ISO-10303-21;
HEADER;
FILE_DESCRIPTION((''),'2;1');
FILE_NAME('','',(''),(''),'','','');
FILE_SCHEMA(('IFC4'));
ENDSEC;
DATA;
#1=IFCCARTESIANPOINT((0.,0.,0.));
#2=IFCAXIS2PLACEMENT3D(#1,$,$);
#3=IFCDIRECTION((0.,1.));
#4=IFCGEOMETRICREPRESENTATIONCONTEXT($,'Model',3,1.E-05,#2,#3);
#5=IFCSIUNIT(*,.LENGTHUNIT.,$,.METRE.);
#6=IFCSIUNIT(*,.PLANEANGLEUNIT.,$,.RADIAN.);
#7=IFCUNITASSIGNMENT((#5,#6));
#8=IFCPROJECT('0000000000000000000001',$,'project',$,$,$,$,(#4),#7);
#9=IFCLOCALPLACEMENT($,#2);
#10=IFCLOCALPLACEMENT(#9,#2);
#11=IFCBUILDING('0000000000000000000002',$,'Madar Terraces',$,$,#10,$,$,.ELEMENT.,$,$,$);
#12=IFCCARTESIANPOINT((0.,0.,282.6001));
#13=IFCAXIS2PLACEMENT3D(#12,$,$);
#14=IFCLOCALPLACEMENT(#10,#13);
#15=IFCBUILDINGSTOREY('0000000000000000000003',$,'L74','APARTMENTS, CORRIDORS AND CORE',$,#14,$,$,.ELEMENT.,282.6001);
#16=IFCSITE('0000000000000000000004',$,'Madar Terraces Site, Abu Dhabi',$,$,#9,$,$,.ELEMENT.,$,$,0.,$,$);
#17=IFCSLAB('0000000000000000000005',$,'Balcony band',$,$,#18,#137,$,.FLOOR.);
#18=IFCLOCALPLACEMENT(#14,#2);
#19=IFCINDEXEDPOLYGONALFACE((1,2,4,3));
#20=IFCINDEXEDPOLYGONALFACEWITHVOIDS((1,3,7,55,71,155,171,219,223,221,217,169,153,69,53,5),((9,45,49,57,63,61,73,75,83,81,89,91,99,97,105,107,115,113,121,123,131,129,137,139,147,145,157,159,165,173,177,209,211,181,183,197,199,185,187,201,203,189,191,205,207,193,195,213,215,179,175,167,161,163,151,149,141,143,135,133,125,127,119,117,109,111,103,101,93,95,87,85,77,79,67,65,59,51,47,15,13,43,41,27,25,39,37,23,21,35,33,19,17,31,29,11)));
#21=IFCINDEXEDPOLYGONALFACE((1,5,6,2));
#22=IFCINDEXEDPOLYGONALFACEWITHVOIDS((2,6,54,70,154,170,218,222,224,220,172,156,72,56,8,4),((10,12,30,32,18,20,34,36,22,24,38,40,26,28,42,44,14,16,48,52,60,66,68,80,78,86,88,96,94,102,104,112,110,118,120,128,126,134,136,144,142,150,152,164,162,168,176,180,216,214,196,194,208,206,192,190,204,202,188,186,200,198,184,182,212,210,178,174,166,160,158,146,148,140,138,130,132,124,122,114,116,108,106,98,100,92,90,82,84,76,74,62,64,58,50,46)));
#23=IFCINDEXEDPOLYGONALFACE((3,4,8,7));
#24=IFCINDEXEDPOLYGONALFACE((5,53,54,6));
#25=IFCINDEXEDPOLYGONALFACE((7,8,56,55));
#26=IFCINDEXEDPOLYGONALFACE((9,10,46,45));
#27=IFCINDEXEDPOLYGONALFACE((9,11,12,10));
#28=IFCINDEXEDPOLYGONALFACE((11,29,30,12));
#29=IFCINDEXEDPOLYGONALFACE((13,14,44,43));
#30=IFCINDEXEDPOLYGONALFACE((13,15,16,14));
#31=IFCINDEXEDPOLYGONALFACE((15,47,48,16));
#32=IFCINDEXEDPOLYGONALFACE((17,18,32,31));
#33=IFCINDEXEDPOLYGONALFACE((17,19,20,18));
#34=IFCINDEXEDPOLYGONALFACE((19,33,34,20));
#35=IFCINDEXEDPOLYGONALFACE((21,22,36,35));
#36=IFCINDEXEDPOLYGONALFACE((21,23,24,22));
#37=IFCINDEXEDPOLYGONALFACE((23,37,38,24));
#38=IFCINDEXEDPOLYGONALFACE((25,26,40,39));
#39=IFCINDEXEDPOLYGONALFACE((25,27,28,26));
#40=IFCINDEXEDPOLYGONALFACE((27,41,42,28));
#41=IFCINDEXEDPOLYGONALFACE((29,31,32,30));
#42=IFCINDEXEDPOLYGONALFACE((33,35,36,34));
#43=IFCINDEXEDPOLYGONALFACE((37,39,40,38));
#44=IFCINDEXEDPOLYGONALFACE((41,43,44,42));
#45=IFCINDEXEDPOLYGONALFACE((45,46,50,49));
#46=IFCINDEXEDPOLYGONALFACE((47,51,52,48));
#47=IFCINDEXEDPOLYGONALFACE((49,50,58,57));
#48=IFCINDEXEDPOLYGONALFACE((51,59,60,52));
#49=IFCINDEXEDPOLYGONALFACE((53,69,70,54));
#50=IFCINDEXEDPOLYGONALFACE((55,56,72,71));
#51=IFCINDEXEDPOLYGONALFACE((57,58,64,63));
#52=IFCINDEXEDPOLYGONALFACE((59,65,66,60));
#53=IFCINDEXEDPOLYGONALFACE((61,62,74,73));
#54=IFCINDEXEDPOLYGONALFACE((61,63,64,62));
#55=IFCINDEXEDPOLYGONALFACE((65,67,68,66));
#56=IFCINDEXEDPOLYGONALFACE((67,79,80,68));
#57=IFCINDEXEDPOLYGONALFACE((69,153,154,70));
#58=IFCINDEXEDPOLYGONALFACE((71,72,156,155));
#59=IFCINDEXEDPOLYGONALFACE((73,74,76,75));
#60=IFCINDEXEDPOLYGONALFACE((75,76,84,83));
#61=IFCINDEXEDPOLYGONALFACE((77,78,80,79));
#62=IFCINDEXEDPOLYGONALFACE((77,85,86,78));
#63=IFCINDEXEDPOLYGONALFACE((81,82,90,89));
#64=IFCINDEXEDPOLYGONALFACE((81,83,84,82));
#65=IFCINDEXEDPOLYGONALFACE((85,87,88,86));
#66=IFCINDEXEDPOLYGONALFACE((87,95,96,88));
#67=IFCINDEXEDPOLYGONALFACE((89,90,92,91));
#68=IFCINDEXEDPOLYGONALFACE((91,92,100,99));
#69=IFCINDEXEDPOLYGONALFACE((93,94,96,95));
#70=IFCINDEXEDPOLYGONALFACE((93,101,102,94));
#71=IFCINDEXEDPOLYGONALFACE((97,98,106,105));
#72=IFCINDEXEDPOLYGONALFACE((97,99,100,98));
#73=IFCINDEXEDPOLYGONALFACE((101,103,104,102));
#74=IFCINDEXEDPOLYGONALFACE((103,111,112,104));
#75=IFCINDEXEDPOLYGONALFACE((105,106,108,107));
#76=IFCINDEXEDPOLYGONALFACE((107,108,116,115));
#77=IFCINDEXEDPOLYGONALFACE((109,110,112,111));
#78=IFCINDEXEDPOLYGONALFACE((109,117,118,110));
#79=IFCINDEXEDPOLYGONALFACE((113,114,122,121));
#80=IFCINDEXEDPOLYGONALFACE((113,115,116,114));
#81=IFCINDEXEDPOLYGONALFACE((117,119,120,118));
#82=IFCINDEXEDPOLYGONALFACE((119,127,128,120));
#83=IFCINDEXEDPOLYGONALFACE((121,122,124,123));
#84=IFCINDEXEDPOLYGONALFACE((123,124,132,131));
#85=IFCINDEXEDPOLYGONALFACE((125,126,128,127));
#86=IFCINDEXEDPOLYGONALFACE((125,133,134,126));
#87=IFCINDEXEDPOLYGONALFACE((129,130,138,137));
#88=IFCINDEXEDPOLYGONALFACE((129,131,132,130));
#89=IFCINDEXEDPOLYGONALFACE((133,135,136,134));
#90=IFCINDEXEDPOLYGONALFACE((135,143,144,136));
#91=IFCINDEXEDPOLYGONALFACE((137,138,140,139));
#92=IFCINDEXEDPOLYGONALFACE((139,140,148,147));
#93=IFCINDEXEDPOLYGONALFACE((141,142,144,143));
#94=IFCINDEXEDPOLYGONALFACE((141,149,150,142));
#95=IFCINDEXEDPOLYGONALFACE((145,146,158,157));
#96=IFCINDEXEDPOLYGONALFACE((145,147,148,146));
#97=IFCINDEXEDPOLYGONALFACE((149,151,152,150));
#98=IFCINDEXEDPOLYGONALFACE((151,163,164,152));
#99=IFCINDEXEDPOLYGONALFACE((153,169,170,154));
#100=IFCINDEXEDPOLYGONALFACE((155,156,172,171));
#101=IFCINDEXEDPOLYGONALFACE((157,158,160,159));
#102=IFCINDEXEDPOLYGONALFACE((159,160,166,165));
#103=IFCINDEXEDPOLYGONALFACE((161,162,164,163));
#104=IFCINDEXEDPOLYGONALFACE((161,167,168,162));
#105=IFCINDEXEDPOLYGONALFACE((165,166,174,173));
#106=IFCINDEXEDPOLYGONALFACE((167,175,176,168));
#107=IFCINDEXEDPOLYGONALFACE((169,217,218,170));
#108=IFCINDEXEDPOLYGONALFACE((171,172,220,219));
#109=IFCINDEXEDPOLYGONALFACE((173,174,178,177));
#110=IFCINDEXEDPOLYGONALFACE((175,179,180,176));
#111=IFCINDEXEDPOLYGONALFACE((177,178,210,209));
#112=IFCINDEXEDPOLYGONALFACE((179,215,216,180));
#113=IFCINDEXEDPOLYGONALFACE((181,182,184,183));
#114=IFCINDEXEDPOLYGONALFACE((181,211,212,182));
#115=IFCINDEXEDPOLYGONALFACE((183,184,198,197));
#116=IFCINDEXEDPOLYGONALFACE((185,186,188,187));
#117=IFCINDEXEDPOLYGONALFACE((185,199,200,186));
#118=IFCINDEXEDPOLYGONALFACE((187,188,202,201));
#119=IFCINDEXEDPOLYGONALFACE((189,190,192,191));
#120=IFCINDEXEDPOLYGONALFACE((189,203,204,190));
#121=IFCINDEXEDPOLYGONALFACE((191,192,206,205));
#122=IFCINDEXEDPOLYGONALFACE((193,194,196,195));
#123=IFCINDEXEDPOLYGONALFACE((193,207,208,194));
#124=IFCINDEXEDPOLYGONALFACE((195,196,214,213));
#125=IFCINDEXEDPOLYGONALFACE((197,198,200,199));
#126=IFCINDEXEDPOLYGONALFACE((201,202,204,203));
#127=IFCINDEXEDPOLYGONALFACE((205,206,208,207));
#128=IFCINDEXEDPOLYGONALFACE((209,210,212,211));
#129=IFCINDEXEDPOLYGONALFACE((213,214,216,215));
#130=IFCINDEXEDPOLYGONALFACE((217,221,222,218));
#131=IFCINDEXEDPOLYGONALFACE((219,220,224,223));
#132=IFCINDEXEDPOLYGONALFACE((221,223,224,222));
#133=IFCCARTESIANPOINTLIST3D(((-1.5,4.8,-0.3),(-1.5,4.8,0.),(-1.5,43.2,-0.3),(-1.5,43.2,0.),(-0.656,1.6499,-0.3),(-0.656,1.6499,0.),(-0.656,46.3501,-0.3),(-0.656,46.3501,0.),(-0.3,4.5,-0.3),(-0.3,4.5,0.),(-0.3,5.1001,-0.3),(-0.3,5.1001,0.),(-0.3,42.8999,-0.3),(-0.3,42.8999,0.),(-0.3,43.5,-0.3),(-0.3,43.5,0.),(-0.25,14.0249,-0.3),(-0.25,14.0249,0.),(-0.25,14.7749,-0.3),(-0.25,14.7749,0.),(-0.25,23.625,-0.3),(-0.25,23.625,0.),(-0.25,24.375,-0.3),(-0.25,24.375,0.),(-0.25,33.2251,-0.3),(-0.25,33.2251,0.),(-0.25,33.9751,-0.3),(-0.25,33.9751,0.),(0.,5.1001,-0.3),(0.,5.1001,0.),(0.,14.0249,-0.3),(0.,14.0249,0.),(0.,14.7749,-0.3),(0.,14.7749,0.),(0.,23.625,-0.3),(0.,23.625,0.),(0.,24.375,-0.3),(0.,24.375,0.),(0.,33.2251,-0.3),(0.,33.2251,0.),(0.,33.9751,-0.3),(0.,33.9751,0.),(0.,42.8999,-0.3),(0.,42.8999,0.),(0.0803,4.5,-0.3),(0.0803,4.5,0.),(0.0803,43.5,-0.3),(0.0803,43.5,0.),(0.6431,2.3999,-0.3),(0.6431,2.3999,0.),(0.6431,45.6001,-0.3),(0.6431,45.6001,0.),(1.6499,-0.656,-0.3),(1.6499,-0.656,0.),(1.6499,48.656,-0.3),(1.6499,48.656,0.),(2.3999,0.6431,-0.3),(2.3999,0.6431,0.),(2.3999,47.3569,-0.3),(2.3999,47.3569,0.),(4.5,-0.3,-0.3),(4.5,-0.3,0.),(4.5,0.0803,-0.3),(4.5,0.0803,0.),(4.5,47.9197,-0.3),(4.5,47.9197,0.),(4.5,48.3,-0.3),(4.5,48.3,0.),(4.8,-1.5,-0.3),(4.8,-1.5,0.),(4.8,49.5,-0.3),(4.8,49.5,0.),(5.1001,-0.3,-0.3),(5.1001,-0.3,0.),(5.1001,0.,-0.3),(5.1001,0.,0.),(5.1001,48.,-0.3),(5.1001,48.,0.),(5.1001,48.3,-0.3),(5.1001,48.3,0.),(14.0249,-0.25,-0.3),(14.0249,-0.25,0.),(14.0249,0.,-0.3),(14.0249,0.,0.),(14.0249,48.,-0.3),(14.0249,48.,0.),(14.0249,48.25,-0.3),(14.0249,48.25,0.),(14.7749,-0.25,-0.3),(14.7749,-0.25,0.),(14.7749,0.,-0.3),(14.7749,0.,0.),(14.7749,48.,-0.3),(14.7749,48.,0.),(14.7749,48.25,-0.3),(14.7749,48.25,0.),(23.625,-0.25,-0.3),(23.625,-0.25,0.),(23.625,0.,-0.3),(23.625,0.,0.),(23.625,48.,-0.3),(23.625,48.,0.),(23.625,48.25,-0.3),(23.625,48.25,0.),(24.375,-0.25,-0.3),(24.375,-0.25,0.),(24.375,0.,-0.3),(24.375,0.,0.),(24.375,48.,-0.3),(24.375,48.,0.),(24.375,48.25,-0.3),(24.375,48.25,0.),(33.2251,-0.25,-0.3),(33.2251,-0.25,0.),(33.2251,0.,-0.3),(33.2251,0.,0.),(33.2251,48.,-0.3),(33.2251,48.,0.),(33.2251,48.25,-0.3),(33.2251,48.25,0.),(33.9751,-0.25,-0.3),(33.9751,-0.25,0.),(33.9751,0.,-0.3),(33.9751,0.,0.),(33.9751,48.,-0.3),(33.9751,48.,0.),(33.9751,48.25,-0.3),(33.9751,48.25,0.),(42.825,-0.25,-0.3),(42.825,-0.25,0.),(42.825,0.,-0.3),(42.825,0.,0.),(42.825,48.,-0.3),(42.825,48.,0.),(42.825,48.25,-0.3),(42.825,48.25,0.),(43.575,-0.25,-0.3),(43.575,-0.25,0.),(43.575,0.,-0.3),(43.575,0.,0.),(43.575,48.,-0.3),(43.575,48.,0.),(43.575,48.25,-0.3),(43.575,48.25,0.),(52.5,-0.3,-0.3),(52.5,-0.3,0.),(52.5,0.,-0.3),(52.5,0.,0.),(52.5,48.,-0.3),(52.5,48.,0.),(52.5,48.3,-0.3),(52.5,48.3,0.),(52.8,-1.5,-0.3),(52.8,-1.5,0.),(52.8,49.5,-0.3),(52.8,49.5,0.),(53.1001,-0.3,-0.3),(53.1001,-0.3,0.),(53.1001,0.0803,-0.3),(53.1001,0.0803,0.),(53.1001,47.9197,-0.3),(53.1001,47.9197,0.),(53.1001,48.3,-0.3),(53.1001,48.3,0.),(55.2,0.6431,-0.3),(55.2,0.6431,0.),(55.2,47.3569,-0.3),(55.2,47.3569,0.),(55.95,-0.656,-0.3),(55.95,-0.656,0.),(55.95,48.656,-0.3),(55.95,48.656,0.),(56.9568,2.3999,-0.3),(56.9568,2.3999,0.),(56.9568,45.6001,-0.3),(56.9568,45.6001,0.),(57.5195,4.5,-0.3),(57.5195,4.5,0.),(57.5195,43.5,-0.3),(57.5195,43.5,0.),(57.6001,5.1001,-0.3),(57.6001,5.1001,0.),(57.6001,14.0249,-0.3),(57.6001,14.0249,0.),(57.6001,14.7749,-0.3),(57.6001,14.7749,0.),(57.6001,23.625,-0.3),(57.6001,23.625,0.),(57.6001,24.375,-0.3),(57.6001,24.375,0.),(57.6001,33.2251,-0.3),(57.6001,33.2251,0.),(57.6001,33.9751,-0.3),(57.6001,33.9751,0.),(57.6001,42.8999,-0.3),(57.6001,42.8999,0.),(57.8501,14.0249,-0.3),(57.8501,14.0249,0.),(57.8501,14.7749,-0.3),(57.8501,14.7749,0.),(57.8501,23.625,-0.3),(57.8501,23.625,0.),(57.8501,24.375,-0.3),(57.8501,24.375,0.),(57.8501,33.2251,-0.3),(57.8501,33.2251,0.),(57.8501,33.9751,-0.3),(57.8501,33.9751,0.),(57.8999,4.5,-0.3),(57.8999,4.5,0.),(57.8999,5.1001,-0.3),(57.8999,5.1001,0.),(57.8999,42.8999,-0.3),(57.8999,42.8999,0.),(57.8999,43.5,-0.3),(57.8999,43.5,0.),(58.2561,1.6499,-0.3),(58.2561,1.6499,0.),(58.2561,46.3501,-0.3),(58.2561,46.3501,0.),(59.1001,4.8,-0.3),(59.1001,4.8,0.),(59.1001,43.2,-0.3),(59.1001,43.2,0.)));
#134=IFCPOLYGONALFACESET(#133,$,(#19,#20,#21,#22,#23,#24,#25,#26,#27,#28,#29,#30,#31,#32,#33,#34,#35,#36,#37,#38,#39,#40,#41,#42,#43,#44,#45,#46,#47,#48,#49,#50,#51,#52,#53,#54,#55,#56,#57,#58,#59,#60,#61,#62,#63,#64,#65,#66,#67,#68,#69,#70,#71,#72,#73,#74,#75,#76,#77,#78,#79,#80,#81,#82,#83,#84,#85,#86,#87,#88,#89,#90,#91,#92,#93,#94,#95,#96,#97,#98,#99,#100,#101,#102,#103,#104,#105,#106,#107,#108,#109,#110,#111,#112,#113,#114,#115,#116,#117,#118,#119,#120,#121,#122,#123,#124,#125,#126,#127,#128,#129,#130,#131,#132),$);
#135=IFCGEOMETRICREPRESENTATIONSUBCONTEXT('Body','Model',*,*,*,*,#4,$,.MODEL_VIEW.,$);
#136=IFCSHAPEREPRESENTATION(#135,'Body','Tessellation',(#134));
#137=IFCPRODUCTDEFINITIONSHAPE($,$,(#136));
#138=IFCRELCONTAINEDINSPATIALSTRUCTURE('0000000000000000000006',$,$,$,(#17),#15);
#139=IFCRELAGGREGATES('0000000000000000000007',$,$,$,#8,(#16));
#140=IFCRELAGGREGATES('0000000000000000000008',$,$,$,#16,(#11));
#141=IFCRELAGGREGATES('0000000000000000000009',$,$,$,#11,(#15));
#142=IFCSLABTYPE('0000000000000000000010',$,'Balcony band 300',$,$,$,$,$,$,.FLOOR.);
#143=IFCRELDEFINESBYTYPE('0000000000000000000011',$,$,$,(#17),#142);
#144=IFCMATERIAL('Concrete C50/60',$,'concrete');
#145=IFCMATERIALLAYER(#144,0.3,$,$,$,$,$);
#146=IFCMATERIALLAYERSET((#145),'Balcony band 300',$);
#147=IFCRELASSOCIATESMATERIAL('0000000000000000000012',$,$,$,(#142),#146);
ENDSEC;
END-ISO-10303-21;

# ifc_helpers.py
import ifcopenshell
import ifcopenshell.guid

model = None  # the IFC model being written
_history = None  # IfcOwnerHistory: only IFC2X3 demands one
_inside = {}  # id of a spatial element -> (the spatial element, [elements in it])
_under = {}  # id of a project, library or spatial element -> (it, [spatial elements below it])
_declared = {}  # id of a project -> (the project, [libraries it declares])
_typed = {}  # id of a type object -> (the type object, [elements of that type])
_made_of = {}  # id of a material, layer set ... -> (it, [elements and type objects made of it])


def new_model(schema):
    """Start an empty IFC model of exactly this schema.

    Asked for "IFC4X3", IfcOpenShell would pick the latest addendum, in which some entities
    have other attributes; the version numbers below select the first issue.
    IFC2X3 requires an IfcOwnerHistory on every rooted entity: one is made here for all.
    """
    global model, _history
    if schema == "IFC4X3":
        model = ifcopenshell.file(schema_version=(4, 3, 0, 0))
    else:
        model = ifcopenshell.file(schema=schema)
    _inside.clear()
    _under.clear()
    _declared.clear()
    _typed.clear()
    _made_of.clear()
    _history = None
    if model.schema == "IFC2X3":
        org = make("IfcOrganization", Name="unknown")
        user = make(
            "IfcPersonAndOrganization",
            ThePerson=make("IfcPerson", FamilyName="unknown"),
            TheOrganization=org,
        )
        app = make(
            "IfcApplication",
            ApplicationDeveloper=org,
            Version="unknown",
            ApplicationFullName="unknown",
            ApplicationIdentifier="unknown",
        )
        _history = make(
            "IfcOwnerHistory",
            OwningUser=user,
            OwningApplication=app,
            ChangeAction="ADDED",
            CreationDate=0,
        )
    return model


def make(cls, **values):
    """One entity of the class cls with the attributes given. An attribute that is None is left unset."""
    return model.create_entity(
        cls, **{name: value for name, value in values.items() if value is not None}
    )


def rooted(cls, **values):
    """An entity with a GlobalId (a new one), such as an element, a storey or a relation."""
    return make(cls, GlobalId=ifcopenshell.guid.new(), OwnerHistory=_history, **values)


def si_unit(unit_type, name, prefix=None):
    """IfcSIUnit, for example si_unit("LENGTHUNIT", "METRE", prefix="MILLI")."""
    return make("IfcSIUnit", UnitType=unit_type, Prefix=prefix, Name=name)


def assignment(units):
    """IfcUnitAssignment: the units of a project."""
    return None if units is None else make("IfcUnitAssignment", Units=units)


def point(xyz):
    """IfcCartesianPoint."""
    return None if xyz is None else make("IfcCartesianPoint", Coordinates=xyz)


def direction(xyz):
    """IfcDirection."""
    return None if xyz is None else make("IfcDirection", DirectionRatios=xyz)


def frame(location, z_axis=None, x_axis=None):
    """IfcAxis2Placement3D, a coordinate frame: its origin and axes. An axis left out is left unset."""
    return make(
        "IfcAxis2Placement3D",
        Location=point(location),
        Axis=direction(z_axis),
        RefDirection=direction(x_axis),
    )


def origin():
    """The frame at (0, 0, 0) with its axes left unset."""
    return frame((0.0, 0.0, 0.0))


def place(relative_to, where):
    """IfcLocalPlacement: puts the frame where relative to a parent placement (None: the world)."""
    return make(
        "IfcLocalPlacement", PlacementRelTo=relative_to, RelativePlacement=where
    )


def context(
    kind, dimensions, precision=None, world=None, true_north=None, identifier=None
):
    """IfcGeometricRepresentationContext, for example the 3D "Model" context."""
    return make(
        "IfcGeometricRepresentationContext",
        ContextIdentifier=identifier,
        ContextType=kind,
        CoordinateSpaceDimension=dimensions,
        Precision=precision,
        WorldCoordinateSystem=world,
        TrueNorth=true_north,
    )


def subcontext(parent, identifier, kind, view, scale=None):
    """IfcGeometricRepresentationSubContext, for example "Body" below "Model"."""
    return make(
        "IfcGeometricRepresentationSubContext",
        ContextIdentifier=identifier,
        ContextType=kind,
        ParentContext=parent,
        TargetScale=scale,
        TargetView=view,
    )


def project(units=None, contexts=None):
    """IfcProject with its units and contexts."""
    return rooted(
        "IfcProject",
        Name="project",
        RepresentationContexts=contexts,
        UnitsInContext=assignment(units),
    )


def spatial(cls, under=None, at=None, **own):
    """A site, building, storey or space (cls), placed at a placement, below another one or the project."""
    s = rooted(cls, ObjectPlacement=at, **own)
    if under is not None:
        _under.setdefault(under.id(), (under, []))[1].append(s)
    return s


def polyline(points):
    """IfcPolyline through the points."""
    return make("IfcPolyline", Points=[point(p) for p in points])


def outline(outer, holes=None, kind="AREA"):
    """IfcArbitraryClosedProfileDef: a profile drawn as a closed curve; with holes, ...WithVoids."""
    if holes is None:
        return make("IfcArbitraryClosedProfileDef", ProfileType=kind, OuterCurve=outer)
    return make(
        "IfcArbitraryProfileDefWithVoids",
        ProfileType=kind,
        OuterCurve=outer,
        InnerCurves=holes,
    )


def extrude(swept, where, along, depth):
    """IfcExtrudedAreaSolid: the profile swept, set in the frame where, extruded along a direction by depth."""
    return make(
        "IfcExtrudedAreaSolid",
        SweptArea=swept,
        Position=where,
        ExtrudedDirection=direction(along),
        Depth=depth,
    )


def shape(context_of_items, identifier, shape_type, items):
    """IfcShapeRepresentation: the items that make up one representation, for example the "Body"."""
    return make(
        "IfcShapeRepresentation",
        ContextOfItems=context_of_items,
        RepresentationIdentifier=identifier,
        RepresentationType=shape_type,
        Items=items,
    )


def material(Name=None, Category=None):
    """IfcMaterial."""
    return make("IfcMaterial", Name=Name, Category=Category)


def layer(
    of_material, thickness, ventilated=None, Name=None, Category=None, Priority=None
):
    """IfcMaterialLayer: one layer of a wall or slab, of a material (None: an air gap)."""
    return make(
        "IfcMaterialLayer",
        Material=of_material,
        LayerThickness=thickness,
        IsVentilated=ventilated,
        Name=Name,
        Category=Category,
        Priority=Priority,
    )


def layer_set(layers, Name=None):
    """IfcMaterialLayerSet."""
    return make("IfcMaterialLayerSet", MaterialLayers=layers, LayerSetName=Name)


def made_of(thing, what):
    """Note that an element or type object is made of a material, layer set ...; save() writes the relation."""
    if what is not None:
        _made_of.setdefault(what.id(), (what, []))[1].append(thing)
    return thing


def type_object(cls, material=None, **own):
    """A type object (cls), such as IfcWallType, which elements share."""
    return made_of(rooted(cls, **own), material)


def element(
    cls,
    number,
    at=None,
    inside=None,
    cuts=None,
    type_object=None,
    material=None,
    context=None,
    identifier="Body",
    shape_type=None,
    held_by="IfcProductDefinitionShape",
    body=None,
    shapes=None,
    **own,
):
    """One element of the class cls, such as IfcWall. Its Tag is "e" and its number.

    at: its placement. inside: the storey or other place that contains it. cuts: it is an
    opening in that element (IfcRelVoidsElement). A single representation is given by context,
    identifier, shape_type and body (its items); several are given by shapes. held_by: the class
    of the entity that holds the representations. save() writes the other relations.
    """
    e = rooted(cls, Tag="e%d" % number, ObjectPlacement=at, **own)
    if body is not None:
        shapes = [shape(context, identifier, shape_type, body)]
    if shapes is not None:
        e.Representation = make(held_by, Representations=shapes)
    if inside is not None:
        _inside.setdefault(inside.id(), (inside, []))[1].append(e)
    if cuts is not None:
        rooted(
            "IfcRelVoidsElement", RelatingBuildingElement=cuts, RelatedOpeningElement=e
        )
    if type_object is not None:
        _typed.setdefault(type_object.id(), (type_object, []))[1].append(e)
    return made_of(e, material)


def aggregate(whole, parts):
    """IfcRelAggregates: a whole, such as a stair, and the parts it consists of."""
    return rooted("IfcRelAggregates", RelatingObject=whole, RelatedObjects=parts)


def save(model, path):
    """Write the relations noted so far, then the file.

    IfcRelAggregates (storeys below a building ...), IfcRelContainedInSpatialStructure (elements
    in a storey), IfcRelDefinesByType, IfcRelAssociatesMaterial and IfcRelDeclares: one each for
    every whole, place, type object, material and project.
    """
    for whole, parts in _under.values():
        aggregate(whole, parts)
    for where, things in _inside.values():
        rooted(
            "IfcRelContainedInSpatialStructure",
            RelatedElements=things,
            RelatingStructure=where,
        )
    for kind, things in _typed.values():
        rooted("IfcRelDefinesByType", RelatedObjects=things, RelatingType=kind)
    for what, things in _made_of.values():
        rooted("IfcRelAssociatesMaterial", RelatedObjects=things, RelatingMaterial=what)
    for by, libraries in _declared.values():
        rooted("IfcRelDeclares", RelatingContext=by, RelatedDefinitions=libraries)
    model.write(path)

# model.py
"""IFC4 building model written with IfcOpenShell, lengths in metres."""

from ifc_helpers import new_model, si_unit, direction, frame, origin, place, context, subcontext, project, spatial, polyline, outline, extrude, material, layer, layer_set, type_object, element, save


model = new_model("IFC4")

# Units and contexts
model_context = context("Model", 3, precision=1e-05, world=origin(), true_north=direction((0.0, 1.0)))
body_context = subcontext(model_context, "Body", "Model", "MODEL_VIEW")
ifc_project = project(units=[si_unit("LENGTHUNIT", "METRE"), si_unit("PLANEANGLEUNIT", "RADIAN")], contexts=[model_context])

# Site, building, storey
site_placement = place(None, origin())
site = spatial("IfcSite", under=ifc_project, at=site_placement, Name="Madar Terraces Site, Abu Dhabi", CompositionType="ELEMENT", RefElevation=0.0)
building_placement = place(site_placement, origin())
building = spatial("IfcBuilding", under=site, at=building_placement, Name="Madar Terraces", CompositionType="ELEMENT")
storey_placement = place(building_placement, frame((0.0, 0.0, 282.6001)))
storey = spatial("IfcBuildingStorey", under=building, at=storey_placement, Name="L74", Description="APARTMENTS, CORRIDORS AND CORE", CompositionType="ELEMENT", Elevation=282.6001)

# Slab
ifc_material_1 = material(Name="Concrete C50/60", Category="concrete")
ifc_layer_1 = layer(ifc_material_1, 0.3)
ifc_layer_set_1 = layer_set([ifc_layer_1], Name="Balcony band 300")
slab_type_1 = type_object("IfcSlabType", Name="Balcony band 300", PredefinedType="FLOOR", material=ifc_layer_set_1)
slab_1_placement = place(storey_placement, frame((0.0, 0.0, -0.3)))
element("IfcSlab", 1, at=slab_1_placement, inside=storey, type_object=slab_type_1, Name="Balcony band", PredefinedType="FLOOR", context=body_context, shape_type="SweptSolid", body=[
    extrude(outline(polyline([(4.8, -1.5), (1.6499, -0.656), (-0.656, 1.6499), (-1.5, 4.8), (-1.5, 43.2), (-0.656, 46.3501), (1.6499, 48.656), (4.8, 49.5), (52.8, 49.5), (55.95, 48.656), (58.2561, 46.3501), (59.1001, 43.2), (59.1001, 4.8), (58.2561, 1.6499), (55.95, -0.656), (52.8, -1.5), (4.8, -1.5)]), holes=[polyline([(5.1001, -0.3), (5.1001, 0.0), (14.0249, 0.0), (14.0249, -0.25), (14.7749, -0.25), (14.7749, 0.0), (23.625, 0.0), (23.625, -0.25), (24.375, -0.25), (24.375, 0.0), (33.2251, 0.0), (33.2251, -0.25), (33.9751, -0.25), (33.9751, 0.0), (42.825, 0.0), (42.825, -0.25), (43.575, -0.25), (43.575, 0.0), (52.5, 0.0), (52.5, -0.3), (53.1001, -0.3), (53.1001, 0.0803), (55.2, 0.6431), (56.9568, 2.3999), (57.5195, 4.5), (57.8999, 4.5), (57.8999, 5.1001), (57.6001, 5.1001), (57.6001, 14.0249), (57.8501, 14.0249), (57.8501, 14.7749), (57.6001, 14.7749), (57.6001, 23.625), (57.8501, 23.625), (57.8501, 24.375), (57.6001, 24.375), (57.6001, 33.2251), (57.8501, 33.2251), (57.8501, 33.9751), (57.6001, 33.9751), (57.6001, 42.8999), (57.8999, 42.8999), (57.8999, 43.5), (57.5195, 43.5), (56.9568, 45.6001), (55.2, 47.3569), (53.1001, 47.9197), (53.1001, 48.3), (52.5, 48.3), (52.5, 48.0), (43.575, 48.0), (43.575, 48.25), (42.825, 48.25), (42.825, 48.0), (33.9751, 48.0), (33.9751, 48.25), (33.2251, 48.25), (33.2251, 48.0), (24.375, 48.0), (24.375, 48.25), (23.625, 48.25), (23.625, 48.0), (14.7749, 48.0), (14.7749, 48.25), (14.0249, 48.25), (14.0249, 48.0), (5.1001, 48.0), (5.1001, 48.3), (4.5, 48.3), (4.5, 47.9197), (2.3999, 47.3569), (0.6431, 45.6001), (0.0803, 43.5), (-0.3, 43.5), (-0.3, 42.8999), (0.0, 42.8999), (0.0, 33.9751), (-0.25, 33.9751), (-0.25, 33.2251), (0.0, 33.2251), (0.0, 24.375), (-0.25, 24.375), (-0.25, 23.625), (0.0, 23.625), (0.0, 14.7749), (-0.25, 14.7749), (-0.25, 14.0249), (0.0, 14.0249), (0.0, 5.1001), (-0.3, 5.1001), (-0.3, 4.5), (0.0803, 4.5), (0.6431, 2.3999), (2.3999, 0.6431), (4.5, 0.0803), (4.5, -0.3), (5.1001, -0.3)])]), origin(), (0.0, 0.0, 1.0), 0.3),
])

save(model, "model.ifc")
